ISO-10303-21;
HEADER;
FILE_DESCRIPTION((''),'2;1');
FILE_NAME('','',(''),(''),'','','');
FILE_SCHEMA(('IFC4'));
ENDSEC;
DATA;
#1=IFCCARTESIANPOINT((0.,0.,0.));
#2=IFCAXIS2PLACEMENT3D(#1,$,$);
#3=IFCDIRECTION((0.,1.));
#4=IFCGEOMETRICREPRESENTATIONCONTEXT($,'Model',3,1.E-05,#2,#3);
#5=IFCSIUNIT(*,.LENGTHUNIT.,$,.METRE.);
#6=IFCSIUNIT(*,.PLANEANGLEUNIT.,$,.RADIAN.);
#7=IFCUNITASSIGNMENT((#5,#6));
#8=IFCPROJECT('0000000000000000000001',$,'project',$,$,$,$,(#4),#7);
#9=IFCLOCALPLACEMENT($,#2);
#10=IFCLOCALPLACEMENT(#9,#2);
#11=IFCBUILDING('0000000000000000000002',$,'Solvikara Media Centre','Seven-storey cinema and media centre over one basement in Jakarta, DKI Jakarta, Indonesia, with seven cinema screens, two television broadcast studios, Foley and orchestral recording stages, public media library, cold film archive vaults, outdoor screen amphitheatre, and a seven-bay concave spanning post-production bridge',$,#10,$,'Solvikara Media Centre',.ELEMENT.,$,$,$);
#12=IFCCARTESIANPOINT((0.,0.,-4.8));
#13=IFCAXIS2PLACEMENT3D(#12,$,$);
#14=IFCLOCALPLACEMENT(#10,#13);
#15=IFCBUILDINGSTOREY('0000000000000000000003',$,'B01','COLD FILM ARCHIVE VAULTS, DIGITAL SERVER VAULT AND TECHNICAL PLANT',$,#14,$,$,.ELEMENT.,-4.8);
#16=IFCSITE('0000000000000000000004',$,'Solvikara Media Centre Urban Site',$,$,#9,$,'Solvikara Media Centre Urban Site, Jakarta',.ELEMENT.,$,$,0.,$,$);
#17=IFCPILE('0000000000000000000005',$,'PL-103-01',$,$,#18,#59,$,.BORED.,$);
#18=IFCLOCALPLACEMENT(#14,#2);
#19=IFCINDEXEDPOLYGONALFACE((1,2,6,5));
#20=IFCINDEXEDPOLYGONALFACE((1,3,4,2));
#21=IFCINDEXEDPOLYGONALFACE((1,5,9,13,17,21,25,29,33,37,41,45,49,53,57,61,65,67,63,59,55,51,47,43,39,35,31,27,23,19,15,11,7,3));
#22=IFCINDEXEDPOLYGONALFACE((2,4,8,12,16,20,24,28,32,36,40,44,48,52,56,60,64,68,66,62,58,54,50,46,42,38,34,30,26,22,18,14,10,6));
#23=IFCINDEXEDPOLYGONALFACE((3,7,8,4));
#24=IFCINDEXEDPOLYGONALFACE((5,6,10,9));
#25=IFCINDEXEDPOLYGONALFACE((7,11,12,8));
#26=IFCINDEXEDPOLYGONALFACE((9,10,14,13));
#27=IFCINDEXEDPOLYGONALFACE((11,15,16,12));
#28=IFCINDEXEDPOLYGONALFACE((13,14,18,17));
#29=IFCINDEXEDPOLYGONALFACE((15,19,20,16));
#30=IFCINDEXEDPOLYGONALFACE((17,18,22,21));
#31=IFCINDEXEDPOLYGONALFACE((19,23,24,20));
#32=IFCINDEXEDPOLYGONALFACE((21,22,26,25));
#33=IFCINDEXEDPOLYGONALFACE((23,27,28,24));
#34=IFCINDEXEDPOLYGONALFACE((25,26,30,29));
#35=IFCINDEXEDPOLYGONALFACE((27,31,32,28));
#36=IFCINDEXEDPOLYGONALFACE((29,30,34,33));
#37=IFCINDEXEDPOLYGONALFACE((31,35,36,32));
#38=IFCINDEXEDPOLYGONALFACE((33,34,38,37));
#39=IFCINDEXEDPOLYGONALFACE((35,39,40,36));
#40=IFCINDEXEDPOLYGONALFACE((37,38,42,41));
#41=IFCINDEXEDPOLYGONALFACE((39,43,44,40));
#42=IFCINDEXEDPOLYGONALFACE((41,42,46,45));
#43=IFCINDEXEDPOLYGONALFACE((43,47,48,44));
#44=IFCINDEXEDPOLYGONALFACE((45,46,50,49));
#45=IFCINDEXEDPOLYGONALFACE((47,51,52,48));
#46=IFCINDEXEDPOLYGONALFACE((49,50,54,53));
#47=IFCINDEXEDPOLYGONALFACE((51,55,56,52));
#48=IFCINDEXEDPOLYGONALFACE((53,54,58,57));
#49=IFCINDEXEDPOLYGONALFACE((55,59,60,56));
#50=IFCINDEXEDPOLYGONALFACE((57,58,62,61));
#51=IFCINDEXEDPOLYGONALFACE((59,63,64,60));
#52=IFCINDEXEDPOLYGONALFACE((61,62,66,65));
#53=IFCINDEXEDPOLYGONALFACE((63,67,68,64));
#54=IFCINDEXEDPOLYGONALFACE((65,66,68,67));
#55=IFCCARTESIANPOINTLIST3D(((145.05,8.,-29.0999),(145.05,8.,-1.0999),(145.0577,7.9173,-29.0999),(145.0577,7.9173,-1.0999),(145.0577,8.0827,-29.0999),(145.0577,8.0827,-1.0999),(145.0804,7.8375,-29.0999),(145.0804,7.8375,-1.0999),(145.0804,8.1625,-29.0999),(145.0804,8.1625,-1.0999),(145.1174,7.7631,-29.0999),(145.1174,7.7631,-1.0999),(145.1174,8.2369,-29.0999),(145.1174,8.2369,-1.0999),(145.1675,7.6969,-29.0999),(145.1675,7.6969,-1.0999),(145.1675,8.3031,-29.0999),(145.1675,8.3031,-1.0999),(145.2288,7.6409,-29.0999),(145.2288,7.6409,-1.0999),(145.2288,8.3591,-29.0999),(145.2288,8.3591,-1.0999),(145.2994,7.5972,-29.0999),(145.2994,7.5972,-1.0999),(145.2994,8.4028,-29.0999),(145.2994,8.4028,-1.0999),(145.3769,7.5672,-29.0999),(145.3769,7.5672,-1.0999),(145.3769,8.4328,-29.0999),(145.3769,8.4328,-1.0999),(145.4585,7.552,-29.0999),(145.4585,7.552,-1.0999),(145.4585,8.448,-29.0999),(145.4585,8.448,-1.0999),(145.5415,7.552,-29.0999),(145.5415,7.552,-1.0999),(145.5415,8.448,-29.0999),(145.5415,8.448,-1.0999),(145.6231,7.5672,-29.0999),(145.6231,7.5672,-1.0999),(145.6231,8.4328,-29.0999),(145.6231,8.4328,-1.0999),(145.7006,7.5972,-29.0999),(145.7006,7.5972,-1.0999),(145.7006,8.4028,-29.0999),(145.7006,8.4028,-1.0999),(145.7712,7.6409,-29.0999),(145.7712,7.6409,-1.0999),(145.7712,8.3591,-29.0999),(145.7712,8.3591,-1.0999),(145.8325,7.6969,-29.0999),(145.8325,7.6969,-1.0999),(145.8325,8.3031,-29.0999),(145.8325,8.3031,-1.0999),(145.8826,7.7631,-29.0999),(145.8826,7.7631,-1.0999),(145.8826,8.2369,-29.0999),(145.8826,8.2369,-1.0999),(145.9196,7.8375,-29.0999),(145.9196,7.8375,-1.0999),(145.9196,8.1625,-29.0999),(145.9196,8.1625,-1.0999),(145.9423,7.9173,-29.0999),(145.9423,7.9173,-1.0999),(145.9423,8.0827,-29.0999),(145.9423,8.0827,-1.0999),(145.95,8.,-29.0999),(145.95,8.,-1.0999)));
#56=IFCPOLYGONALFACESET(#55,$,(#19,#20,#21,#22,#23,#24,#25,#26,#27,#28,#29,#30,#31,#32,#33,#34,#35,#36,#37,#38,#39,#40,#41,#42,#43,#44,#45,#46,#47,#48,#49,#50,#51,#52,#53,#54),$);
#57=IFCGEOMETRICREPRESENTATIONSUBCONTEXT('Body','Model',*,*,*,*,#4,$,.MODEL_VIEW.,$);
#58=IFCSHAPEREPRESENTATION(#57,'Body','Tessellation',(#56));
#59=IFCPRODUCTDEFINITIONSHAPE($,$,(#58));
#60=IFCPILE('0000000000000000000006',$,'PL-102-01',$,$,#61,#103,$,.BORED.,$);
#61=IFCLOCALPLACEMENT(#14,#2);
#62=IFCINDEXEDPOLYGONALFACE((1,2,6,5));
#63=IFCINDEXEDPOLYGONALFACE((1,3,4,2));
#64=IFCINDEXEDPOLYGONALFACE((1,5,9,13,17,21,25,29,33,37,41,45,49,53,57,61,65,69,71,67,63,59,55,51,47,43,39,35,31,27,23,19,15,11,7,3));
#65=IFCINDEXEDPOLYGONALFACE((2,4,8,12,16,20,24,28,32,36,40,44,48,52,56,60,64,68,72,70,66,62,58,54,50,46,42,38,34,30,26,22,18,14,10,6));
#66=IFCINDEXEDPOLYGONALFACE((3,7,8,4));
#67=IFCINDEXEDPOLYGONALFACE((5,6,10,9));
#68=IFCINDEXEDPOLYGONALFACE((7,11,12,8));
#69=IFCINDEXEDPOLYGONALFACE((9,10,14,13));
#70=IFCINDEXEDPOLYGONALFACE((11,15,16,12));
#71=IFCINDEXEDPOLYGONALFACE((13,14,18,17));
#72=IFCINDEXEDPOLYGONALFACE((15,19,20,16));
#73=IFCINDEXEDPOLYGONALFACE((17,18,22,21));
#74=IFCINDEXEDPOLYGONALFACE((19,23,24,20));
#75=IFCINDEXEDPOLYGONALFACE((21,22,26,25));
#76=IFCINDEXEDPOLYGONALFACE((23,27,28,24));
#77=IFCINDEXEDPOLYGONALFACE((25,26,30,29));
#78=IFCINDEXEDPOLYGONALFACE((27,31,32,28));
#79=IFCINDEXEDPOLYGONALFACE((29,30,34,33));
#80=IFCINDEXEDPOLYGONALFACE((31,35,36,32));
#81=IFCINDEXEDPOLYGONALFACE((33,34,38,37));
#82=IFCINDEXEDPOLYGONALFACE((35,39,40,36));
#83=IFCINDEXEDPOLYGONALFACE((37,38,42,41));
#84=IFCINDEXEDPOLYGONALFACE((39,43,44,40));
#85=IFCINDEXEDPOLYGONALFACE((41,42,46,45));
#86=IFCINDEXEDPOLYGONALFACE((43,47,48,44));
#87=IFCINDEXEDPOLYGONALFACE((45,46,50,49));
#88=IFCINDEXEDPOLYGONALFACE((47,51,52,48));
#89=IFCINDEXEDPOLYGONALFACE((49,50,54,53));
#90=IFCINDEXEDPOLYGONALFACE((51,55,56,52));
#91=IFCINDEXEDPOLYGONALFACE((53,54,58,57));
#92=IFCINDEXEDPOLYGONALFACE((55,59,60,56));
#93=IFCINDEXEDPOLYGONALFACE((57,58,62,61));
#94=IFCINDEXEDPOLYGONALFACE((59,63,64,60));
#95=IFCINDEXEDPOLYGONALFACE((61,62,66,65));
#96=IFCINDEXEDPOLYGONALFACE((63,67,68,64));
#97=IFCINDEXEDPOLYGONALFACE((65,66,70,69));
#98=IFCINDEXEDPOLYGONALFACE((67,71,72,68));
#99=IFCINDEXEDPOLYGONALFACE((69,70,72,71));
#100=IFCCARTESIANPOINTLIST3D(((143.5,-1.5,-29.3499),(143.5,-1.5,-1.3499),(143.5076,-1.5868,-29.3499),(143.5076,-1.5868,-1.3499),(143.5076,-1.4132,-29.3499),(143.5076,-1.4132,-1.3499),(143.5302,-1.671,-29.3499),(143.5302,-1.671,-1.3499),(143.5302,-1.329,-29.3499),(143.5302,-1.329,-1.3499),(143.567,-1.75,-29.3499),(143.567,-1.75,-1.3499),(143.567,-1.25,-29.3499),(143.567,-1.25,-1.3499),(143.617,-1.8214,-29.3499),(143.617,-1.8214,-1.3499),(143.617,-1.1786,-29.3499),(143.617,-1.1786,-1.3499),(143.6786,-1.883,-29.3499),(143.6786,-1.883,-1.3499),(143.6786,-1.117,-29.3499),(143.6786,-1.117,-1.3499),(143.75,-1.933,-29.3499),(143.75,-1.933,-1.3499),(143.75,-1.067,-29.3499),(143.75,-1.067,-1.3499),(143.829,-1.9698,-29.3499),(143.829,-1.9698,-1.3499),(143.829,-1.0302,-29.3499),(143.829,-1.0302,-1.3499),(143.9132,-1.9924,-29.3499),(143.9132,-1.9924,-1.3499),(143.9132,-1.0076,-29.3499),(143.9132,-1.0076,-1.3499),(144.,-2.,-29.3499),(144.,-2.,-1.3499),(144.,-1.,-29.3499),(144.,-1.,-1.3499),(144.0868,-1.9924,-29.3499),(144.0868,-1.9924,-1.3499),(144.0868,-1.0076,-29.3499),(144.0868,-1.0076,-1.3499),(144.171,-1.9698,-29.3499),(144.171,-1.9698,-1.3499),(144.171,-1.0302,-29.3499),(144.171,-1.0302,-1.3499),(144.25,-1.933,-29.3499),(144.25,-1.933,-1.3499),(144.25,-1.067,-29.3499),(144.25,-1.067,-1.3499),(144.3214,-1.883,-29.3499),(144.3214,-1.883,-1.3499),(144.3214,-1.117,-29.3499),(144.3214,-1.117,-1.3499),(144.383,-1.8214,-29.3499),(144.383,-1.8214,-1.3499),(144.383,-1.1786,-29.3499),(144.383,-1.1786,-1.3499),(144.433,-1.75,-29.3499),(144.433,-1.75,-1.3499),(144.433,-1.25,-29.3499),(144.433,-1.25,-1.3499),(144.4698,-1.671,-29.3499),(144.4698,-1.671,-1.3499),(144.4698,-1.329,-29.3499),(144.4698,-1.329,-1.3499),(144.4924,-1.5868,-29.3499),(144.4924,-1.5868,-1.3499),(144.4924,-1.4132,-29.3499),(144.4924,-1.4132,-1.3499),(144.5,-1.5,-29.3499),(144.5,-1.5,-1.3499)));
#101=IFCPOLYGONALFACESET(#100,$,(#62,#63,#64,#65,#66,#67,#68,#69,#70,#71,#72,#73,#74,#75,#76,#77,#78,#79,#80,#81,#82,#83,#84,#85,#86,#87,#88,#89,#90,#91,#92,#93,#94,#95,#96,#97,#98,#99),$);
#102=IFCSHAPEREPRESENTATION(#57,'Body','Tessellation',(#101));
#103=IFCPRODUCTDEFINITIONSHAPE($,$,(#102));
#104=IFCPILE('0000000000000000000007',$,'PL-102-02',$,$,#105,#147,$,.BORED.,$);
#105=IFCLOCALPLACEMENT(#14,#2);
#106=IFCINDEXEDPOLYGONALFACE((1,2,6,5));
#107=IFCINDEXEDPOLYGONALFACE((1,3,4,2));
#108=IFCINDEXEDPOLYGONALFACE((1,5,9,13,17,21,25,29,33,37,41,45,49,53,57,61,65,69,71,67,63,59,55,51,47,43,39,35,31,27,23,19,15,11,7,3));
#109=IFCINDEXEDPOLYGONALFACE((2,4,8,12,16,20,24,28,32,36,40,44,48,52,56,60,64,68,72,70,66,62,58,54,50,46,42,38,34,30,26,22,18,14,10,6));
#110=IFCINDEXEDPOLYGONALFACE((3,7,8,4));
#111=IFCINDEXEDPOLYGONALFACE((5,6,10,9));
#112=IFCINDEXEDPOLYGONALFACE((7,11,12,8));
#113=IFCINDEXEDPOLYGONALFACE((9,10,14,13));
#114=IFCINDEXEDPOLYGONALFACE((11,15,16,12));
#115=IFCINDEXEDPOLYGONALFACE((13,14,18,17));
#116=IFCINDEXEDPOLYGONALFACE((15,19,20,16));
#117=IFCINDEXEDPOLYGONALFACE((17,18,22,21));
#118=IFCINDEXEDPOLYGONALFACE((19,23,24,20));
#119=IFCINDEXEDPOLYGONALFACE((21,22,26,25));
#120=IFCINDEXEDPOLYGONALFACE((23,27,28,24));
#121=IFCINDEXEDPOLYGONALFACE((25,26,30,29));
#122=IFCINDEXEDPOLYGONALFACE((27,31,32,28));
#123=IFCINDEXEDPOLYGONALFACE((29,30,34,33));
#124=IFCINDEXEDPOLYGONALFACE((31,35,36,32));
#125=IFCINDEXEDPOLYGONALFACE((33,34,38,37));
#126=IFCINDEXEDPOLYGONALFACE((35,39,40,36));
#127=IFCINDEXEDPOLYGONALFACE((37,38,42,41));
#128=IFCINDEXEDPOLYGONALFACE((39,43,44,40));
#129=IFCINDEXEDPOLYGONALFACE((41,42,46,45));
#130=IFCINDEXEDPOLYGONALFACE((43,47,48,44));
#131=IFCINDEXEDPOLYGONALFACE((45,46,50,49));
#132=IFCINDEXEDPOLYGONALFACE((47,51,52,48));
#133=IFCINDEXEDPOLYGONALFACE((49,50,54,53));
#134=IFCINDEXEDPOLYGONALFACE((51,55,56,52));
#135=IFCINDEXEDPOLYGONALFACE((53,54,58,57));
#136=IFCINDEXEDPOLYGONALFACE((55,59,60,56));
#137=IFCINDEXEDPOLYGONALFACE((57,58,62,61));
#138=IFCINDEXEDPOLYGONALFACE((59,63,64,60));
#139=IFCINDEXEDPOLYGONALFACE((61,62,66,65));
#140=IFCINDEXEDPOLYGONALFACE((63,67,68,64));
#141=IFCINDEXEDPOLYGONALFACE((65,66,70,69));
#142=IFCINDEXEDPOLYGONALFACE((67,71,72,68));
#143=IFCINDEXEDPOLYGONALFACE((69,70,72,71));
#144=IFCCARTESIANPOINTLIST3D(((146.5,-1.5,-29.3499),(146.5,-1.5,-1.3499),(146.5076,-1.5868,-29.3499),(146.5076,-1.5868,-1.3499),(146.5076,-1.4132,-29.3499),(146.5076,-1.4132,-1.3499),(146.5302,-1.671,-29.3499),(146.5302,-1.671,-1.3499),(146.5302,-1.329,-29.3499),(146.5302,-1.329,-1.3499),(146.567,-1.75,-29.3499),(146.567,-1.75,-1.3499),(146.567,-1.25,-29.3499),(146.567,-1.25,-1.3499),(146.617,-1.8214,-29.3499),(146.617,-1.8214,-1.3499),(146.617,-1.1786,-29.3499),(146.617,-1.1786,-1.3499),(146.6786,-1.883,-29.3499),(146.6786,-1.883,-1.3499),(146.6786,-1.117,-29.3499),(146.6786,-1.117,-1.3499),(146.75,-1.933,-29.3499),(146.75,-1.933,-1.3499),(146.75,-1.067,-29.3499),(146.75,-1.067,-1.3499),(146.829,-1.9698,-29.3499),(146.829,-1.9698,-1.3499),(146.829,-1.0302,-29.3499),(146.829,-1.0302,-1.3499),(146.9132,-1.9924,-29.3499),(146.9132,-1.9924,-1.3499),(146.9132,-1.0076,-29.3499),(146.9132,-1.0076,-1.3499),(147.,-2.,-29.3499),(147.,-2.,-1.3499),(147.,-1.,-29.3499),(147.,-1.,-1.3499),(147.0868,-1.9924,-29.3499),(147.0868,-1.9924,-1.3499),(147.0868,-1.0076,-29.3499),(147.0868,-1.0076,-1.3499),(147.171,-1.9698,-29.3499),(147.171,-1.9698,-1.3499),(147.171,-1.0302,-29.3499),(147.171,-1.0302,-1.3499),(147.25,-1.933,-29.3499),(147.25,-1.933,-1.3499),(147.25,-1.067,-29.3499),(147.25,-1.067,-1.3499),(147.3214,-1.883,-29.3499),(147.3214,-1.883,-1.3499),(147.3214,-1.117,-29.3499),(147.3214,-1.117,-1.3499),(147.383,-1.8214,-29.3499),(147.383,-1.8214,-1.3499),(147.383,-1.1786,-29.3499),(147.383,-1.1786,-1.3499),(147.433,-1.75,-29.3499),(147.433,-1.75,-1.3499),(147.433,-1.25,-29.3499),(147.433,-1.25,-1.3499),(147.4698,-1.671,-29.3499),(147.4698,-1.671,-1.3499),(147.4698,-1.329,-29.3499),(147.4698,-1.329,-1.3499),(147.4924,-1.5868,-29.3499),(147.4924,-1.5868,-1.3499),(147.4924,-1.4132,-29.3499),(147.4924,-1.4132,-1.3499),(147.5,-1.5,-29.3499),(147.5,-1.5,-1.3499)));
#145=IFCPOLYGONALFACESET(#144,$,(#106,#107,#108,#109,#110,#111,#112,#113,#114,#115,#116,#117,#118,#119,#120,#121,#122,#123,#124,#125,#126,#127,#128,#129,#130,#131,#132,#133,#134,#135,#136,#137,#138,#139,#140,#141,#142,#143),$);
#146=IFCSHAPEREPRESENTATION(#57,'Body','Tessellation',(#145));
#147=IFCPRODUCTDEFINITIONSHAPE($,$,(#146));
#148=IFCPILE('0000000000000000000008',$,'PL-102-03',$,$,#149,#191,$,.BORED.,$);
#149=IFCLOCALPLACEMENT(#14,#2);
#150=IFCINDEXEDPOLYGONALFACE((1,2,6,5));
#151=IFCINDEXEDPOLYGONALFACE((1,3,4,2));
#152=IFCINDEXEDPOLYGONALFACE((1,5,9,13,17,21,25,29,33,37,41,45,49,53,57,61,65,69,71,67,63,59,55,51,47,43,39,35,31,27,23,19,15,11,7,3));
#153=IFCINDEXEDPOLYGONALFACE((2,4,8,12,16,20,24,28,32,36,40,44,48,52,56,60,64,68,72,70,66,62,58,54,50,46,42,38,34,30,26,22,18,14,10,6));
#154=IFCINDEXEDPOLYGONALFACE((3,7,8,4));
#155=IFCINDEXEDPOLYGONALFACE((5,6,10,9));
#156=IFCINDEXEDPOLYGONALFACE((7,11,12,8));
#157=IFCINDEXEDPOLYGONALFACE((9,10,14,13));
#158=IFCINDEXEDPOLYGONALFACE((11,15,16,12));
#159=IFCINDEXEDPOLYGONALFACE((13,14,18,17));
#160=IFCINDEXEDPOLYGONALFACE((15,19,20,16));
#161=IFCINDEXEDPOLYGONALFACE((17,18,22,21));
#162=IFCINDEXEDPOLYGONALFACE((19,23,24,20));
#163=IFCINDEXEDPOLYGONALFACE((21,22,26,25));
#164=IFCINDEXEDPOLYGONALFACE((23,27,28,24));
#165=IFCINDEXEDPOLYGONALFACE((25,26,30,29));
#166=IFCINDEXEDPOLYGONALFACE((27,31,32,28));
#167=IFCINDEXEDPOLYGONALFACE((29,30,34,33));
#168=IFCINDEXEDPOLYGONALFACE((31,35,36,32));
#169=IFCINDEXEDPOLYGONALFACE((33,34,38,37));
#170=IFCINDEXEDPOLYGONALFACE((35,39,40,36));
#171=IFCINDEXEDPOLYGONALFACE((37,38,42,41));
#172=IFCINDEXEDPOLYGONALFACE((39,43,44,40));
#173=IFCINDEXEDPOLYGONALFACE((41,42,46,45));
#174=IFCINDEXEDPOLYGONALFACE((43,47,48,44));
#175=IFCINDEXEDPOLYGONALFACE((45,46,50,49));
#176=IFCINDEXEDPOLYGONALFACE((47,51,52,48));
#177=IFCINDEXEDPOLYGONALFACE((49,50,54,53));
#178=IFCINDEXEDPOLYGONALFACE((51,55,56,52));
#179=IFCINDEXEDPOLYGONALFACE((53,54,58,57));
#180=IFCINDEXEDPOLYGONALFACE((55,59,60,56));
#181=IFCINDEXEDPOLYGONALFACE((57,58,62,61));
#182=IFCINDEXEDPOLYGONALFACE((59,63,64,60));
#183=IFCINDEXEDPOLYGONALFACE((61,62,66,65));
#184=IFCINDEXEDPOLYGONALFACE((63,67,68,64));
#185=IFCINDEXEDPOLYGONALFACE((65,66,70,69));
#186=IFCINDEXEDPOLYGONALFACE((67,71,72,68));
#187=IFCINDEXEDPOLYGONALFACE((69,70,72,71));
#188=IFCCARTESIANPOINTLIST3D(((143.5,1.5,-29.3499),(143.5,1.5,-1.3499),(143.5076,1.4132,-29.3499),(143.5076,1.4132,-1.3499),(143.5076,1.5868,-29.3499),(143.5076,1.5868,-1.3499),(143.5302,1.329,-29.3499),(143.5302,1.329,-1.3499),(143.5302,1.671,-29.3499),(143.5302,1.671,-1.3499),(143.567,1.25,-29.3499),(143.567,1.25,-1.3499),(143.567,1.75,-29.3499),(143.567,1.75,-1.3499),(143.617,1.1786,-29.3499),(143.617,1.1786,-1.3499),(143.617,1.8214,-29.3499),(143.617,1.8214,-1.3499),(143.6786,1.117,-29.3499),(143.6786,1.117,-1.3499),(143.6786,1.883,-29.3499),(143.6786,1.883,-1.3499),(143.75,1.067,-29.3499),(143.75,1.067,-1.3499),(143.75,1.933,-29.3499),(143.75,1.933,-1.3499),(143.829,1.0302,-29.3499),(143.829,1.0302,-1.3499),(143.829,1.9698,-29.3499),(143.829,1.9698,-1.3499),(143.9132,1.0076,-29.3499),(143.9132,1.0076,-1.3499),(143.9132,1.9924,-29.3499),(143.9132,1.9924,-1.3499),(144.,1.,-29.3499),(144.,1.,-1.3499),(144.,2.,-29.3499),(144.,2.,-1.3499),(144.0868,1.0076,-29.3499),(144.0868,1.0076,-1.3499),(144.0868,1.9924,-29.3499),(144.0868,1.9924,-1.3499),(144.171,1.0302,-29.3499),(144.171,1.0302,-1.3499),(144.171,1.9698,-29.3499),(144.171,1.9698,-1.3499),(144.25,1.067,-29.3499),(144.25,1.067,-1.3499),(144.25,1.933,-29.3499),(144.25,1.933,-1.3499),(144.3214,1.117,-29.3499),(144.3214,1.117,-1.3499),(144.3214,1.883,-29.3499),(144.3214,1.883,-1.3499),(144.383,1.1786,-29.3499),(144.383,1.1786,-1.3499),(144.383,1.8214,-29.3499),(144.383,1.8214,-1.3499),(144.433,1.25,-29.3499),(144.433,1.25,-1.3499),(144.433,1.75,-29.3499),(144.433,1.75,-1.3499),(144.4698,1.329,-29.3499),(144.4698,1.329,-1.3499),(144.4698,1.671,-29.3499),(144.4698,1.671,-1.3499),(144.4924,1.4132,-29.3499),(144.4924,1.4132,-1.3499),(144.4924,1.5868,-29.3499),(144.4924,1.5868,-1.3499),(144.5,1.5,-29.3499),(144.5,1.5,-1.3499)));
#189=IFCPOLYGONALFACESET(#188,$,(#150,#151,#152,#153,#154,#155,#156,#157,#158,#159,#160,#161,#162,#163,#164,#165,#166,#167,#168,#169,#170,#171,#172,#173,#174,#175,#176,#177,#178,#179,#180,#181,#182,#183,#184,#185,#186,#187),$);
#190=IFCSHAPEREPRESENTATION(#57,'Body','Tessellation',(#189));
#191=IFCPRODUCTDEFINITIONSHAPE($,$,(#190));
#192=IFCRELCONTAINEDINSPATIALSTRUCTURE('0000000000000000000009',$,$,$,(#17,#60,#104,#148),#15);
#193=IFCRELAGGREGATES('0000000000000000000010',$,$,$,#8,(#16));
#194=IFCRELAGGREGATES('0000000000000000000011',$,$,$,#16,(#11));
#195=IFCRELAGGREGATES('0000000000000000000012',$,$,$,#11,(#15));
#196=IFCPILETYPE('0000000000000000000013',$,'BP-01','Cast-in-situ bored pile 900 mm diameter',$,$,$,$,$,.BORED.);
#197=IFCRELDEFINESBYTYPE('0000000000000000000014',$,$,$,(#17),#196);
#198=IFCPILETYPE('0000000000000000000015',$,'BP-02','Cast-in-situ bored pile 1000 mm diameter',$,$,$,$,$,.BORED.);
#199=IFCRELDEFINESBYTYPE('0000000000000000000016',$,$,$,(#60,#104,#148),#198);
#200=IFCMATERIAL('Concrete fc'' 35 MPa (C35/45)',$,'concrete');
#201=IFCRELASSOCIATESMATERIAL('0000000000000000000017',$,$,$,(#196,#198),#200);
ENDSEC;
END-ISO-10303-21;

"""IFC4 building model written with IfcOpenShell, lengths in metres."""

from ifc_helpers import new_model, si_unit, direction, frame, origin, origin_2d, place, context, subcontext, project, spatial, circle, extrude, material, material_profile, profile_set, type_object, element, save


model = new_model("IFC4")

# Units and contexts
model_context = context("Model", 3, precision=1e-05, world=origin(), true_north=direction((0.0, 1.0)))
body_context = subcontext(model_context, "Body", "Model", "MODEL_VIEW")
ifc_project = project(units=[si_unit("LENGTHUNIT", "METRE"), si_unit("PLANEANGLEUNIT", "RADIAN")], contexts=[model_context])

# Site, building, storey
site_placement = place(None, origin())
site = spatial("IfcSite", under=ifc_project, at=site_placement, Name="Solvikara Media Centre Urban Site", LongName="Solvikara Media Centre Urban Site, Jakarta", CompositionType="ELEMENT", RefElevation=0.0)
building_placement = place(site_placement, origin())
building = spatial("IfcBuilding", under=site, at=building_placement, Name="Solvikara Media Centre", Description="Seven-storey cinema and media centre over one basement in Jakarta, DKI Jakarta, Indonesia, with seven cinema screens, two television broadcast studios, Foley and orchestral recording stages, public media library, cold film archive vaults, outdoor screen amphitheatre, and a seven-bay concave spanning post-production bridge", LongName="Solvikara Media Centre", CompositionType="ELEMENT")
storey_placement = place(building_placement, frame((0.0, 0.0, -4.8)))
storey = spatial("IfcBuildingStorey", under=building, at=storey_placement, Name="B01", Description="COLD FILM ARCHIVE VAULTS, DIGITAL SERVER VAULT AND TECHNICAL PLANT", CompositionType="ELEMENT", Elevation=-4.8)

# Piles
ifc_material_1 = material(Name="Concrete fc' 35 MPa (C35/45)", Category="concrete")
ifc_material_profile_1 = material_profile(ifc_material_1, circle(Radius=0.45, at=origin_2d()), Name="BORED PILE D900")
ifc_profile_set_1 = profile_set([ifc_material_profile_1], Name="Concrete fc' 35 MPa (C35/45)")
pile_type_1 = type_object("IfcPileType", Name="BP-01", Description="Cast-in-situ bored pile 900 mm diameter", PredefinedType="BORED", material=ifc_profile_set_1)
pile_placement = place(storey_placement, frame((145.5, 8.0, -1.0999), z_axis=(0.0, 0.0, -1.0), x_axis=(1.0, 0.0, 0.0)))
element("IfcPile", 1, at=pile_placement, inside=storey, type_object=pile_type_1, Name="PL-103-01", PredefinedType="BORED", context=body_context, shape_type="SweptSolid", body=[
    extrude(circle(Radius=0.45, at=origin_2d()), origin(), (0.0, 0.0, 1.0), 28.0),
])
ifc_material_profile_2 = material_profile(ifc_material_1, circle(Radius=0.5, at=origin_2d()), Name="BORED PILE D1000")
ifc_profile_set_2 = profile_set([ifc_material_profile_2], Name="Concrete fc' 35 MPa (C35/45)")
pile_type_2 = type_object("IfcPileType", Name="BP-02", Description="Cast-in-situ bored pile 1000 mm diameter", PredefinedType="BORED", material=ifc_profile_set_2)
for number, where, z_axis, x_axis, name in (
    (2, (144.0, -1.5, -1.3499), (0.0, 0.0, -1.0), (1.0, 0.0, 0.0), "PL-102-01"),
    (3, (147.0, -1.5, -1.3499), (0.0, 0.0, -1.0), (1.0, 0.0, 0.0), "PL-102-02"),
    (4, (144.0, 1.5, -1.3499), (0.0, 0.0, -1.0), (1.0, 0.0, 0.0), "PL-102-03"),
):
    element("IfcPile", number, at=place(storey_placement, frame(where, z_axis=z_axis, x_axis=x_axis)), inside=storey, type_object=pile_type_2, Name=name, PredefinedType="BORED", context=body_context, shape_type="SweptSolid", body=[
        extrude(circle(Radius=0.5, at=origin_2d()), origin(), (0.0, 0.0, 1.0), 28.0),
    ])

save(model, "model.ifc")
